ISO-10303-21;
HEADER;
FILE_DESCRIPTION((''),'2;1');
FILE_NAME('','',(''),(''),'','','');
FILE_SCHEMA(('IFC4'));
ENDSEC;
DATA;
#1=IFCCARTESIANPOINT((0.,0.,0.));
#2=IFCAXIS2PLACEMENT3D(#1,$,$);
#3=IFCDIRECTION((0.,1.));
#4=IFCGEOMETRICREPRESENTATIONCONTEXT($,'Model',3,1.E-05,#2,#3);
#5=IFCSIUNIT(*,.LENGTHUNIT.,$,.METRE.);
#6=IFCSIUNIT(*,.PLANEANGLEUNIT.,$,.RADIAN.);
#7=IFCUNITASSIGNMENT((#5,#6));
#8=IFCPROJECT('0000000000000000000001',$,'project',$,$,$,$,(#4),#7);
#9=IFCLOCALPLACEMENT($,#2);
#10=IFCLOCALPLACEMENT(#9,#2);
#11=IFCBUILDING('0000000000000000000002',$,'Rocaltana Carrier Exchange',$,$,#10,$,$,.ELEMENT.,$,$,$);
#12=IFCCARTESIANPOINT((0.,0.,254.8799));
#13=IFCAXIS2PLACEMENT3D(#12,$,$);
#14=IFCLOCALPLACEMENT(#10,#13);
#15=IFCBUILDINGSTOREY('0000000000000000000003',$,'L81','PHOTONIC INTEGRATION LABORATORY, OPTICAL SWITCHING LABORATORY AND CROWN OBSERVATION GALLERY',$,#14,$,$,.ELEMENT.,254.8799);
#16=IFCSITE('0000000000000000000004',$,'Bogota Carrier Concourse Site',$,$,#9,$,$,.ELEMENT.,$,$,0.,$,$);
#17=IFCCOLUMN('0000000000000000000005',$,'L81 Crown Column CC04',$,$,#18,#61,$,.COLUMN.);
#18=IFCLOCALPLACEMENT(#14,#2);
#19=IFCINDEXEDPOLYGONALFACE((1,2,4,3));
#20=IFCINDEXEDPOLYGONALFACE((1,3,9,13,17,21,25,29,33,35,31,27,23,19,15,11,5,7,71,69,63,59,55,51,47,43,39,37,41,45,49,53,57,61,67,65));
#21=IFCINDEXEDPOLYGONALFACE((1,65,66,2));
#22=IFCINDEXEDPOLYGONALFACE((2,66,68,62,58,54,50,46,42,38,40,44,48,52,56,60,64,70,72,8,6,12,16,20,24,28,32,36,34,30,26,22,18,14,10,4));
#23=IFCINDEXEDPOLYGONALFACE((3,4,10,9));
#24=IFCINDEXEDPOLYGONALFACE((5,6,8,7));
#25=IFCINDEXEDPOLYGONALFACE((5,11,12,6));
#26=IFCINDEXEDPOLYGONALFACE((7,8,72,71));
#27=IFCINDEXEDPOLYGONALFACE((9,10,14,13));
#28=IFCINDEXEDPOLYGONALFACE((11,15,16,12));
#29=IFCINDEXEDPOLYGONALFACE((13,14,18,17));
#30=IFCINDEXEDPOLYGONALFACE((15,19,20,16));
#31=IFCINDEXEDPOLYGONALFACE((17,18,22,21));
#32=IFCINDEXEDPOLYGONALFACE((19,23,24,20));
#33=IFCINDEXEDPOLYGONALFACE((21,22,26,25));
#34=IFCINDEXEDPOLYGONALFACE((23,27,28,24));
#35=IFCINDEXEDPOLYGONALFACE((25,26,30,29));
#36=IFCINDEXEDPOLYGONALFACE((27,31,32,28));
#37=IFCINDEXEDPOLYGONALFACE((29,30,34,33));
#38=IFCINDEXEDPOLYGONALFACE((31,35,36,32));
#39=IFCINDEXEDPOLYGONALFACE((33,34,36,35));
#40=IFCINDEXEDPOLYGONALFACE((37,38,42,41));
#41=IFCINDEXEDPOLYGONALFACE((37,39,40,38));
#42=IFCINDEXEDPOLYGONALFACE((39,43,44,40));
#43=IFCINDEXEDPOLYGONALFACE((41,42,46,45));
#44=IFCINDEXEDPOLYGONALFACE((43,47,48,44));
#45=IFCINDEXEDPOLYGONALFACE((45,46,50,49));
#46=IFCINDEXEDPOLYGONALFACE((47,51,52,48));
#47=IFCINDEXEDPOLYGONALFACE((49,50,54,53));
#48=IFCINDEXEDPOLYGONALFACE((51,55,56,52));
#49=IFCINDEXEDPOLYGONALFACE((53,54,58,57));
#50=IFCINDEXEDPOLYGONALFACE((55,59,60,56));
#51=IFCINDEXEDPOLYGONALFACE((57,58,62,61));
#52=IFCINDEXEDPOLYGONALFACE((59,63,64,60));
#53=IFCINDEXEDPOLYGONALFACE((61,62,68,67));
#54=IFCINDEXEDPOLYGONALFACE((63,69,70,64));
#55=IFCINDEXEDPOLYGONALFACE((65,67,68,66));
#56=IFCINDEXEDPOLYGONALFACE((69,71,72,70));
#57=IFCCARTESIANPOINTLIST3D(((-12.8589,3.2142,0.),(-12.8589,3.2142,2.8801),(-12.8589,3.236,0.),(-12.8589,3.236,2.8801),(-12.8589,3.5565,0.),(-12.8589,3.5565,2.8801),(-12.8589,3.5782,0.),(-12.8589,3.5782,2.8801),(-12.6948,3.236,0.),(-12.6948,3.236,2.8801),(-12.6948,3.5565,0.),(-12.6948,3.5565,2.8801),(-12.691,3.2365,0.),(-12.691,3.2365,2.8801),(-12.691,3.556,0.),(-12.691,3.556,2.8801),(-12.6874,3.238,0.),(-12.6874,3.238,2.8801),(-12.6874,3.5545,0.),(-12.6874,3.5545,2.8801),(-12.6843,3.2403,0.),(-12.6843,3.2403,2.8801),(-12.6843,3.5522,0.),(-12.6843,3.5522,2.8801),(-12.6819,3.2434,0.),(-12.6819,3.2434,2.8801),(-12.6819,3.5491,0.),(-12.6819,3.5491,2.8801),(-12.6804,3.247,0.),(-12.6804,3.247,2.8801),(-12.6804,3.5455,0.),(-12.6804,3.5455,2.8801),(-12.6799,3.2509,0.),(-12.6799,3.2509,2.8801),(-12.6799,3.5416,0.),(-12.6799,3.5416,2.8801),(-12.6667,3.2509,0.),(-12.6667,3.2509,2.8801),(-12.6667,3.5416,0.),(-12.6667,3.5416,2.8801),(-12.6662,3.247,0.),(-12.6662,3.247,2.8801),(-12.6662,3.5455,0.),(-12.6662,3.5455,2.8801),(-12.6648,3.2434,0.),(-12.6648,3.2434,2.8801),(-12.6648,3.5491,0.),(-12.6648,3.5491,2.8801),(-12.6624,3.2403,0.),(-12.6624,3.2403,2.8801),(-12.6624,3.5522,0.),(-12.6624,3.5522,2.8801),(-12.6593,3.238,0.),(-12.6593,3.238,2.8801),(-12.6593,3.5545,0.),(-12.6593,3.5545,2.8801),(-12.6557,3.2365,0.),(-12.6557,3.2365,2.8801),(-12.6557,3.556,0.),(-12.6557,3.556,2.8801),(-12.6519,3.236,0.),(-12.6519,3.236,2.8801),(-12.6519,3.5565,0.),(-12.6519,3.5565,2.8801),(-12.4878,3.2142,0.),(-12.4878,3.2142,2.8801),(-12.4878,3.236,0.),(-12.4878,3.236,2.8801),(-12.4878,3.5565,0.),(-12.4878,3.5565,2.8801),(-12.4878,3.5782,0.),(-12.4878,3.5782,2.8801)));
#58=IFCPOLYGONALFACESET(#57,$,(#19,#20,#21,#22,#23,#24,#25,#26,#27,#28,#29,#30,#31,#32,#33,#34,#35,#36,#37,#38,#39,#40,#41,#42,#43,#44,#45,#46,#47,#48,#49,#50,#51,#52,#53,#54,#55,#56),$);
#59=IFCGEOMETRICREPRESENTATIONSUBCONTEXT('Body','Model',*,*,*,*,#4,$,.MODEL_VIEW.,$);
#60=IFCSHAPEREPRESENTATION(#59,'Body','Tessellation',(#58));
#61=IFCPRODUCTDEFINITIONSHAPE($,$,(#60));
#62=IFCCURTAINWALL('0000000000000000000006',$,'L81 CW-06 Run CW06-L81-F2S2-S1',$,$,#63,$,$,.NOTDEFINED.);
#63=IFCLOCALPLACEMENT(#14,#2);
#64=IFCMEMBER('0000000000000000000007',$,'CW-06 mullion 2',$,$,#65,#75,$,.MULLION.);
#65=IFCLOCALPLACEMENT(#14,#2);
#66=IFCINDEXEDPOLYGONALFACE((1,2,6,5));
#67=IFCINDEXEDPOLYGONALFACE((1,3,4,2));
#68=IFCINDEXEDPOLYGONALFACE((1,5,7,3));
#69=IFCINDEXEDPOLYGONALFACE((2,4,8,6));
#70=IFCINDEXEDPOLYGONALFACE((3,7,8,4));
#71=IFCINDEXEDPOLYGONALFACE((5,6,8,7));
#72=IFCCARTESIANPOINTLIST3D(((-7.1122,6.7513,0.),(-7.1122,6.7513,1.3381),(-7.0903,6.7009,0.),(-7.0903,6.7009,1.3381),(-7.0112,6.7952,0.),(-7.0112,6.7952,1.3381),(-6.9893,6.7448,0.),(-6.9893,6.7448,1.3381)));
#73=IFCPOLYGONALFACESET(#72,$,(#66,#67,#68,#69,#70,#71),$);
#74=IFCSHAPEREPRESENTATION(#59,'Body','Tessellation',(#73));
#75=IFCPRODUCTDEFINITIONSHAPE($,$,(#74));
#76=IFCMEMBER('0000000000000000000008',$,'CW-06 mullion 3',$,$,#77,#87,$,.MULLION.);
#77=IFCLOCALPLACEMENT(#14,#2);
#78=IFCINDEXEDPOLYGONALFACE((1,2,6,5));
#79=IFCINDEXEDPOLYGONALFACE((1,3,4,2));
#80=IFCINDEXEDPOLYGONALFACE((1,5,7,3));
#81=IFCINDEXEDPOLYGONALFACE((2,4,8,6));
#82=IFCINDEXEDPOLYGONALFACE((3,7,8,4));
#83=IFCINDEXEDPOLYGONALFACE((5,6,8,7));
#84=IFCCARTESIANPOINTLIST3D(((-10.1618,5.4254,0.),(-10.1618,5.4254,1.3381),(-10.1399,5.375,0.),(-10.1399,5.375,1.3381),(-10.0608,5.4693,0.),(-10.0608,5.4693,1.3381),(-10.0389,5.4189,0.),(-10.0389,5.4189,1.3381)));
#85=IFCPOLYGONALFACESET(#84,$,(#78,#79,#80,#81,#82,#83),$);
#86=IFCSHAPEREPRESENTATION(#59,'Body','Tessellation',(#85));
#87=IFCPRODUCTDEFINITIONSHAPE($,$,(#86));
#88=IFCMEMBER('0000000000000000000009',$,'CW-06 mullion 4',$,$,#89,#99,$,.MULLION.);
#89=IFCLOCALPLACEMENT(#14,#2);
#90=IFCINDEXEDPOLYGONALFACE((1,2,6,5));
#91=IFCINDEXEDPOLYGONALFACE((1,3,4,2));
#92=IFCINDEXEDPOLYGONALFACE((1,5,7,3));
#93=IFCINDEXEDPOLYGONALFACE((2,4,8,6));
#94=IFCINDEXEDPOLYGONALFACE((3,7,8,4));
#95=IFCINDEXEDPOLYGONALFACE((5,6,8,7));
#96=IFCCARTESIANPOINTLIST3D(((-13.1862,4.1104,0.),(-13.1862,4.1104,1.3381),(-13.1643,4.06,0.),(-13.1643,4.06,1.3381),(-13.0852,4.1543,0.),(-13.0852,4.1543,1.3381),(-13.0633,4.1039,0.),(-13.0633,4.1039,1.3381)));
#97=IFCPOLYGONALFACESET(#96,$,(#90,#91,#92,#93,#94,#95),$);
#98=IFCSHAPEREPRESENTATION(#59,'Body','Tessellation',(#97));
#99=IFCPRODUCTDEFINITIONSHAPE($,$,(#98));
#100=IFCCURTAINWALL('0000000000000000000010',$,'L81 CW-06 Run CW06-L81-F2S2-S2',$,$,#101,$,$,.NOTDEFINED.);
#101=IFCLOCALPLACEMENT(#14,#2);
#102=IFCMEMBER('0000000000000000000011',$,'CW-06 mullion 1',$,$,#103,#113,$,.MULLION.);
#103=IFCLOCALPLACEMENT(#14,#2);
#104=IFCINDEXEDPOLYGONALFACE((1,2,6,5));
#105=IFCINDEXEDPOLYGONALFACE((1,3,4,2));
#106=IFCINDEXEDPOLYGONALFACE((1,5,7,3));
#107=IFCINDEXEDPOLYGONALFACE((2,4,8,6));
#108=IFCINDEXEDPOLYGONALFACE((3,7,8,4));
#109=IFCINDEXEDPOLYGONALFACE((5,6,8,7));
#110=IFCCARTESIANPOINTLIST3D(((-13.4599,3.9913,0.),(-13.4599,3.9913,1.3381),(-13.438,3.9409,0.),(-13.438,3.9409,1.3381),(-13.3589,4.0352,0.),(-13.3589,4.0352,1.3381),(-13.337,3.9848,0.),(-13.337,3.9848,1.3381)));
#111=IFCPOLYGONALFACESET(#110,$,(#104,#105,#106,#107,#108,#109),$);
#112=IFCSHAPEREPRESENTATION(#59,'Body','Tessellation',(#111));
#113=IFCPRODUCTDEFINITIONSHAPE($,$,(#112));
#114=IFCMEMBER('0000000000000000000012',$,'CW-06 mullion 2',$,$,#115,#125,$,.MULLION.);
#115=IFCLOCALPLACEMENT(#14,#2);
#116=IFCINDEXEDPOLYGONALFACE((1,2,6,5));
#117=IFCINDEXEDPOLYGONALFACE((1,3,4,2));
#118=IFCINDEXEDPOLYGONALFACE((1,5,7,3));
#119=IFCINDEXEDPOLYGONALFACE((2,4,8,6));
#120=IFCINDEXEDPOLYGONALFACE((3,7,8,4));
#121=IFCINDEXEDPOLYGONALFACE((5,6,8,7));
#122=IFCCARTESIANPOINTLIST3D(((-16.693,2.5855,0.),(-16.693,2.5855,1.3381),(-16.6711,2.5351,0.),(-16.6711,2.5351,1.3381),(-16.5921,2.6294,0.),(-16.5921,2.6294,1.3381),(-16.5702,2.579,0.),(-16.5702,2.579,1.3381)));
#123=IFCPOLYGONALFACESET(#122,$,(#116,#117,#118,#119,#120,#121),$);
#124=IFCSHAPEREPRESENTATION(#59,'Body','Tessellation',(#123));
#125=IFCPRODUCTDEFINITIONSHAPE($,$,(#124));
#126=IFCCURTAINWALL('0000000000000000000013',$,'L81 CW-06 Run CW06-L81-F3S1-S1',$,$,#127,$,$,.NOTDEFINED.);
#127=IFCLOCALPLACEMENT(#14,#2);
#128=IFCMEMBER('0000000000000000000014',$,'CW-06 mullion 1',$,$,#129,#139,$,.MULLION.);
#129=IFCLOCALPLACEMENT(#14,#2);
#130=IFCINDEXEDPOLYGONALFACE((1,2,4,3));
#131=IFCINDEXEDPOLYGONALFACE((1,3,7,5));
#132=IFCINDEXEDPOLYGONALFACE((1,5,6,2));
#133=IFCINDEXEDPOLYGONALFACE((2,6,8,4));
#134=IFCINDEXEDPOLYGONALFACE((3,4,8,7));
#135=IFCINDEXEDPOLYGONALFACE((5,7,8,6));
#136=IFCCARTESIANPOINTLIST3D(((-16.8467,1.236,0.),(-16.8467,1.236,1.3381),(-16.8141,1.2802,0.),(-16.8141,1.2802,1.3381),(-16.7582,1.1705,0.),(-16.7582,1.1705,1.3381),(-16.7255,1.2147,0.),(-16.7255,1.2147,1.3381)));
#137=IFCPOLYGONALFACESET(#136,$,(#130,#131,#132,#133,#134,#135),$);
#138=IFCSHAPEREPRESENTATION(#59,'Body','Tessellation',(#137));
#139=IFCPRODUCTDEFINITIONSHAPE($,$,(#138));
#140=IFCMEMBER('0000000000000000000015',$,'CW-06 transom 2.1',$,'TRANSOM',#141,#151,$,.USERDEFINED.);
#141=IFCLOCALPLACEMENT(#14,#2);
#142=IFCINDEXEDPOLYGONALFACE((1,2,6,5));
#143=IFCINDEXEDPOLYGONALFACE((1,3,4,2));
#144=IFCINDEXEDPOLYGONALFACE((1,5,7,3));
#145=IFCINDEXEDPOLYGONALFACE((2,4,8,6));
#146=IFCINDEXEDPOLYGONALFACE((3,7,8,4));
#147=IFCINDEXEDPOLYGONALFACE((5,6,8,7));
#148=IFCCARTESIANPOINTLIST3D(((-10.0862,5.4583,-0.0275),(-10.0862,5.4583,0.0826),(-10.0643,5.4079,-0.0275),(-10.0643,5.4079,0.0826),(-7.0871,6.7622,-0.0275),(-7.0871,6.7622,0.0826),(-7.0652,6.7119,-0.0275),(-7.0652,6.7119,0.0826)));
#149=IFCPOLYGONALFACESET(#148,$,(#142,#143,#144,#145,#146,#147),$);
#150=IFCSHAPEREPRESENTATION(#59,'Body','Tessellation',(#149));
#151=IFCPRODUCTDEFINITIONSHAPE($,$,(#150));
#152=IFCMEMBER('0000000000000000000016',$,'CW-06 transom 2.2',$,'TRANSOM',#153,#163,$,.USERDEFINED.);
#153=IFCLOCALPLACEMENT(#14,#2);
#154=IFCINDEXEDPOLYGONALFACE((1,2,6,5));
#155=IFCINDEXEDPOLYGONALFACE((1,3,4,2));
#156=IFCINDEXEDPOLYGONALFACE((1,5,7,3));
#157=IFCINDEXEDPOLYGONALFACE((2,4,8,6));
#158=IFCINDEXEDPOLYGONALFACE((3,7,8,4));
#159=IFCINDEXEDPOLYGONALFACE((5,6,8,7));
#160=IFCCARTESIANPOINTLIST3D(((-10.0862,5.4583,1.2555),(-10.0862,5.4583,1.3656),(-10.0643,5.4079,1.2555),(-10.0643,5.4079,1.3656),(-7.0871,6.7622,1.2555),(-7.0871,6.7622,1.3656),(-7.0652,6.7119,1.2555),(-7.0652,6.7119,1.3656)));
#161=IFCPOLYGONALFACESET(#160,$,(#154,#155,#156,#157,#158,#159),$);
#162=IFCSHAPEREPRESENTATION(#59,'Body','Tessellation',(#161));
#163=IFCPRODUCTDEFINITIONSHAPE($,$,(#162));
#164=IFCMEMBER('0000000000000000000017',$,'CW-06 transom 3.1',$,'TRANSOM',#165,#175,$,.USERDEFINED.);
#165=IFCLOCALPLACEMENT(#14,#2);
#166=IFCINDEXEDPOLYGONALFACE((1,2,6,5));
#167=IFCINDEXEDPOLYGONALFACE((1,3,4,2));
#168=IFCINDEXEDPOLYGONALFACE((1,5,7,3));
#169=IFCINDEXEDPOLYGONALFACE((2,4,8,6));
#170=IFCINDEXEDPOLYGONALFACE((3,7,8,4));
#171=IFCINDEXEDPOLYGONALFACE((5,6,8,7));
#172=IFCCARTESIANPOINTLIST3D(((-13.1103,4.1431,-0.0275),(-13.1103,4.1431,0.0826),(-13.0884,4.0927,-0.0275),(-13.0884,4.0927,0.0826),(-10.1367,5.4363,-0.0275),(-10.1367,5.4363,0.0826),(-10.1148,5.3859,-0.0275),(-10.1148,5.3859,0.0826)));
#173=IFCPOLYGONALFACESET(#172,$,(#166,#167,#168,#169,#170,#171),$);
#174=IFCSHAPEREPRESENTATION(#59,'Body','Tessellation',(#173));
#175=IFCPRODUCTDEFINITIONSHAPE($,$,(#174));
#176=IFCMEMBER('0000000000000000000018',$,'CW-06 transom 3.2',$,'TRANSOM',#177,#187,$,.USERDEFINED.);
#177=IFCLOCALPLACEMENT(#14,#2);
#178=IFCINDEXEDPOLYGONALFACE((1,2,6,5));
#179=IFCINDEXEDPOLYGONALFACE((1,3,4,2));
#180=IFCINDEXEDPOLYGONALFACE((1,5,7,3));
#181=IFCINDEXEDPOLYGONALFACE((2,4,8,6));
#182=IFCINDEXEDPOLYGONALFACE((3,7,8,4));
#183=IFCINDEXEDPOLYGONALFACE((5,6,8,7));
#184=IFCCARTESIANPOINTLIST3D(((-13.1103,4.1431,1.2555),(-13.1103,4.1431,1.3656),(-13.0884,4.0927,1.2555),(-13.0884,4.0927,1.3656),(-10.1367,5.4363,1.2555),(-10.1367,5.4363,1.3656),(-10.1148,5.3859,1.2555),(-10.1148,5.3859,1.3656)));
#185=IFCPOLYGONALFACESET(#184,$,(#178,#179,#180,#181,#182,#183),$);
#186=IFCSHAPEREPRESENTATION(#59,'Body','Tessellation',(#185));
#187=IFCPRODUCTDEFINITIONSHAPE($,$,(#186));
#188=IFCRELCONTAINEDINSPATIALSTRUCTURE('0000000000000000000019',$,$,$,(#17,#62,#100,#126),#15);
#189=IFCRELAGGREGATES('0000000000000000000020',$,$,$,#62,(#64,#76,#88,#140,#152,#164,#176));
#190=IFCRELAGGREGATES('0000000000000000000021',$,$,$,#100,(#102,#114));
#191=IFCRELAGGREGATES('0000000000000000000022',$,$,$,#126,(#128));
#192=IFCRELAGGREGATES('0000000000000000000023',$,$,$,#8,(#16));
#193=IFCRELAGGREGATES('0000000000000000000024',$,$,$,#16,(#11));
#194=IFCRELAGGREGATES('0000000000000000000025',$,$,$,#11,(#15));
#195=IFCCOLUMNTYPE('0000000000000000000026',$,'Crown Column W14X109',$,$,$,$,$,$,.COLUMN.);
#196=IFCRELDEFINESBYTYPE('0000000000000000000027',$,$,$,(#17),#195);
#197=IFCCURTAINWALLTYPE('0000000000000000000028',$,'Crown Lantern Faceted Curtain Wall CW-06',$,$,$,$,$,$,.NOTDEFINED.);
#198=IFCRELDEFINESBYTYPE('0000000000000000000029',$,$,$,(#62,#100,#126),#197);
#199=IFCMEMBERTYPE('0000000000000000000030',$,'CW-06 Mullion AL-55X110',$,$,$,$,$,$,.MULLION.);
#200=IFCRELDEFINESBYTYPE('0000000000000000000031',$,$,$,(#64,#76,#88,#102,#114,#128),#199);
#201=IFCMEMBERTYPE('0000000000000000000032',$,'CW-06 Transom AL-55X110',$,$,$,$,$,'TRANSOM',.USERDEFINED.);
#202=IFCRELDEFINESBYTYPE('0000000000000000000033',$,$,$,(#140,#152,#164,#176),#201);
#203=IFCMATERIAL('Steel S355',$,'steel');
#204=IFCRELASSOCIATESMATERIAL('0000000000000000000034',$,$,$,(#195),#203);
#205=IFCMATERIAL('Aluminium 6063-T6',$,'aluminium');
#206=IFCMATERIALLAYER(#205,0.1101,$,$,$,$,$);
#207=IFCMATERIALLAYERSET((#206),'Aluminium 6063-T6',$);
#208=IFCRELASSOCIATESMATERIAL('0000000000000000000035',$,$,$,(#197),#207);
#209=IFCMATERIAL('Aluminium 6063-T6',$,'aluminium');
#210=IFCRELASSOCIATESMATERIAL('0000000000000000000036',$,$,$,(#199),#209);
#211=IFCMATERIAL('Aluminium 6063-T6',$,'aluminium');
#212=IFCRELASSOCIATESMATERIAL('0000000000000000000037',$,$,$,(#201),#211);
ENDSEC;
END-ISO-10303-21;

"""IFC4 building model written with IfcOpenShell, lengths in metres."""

from ifc_helpers import new_model, si_unit, direction, frame, origin, origin_2d, place, context, subcontext, project, spatial, rectangle, i_section, extrude, material, layer, layer_set, material_profile, profile_set, type_object, element, aggregate, save


model = new_model("IFC4")

# Units and contexts
model_context = context("Model", 3, precision=1e-05, world=origin(), true_north=direction((0.0, 1.0)))
body_context = subcontext(model_context, "Body", "Model", "MODEL_VIEW")
ifc_project = project(units=[si_unit("LENGTHUNIT", "METRE"), si_unit("PLANEANGLEUNIT", "RADIAN")], contexts=[model_context])

# Site, building, storey
site_placement = place(None, origin())
site = spatial("IfcSite", under=ifc_project, at=site_placement, Name="Bogota Carrier Concourse Site", CompositionType="ELEMENT", RefElevation=0.0)
building_placement = place(site_placement, origin())
building = spatial("IfcBuilding", under=site, at=building_placement, Name="Rocaltana Carrier Exchange", CompositionType="ELEMENT")
storey_placement = place(building_placement, frame((0.0, 0.0, 254.8799)))
storey = spatial("IfcBuildingStorey", under=building, at=storey_placement, Name="L81", Description="PHOTONIC INTEGRATION LABORATORY, OPTICAL SWITCHING LABORATORY AND CROWN OBSERVATION GALLERY", CompositionType="ELEMENT", Elevation=254.8799)

# Column
ifc_material_1 = material(Name="Steel S355", Category="steel")
ifc_material_profile_1 = material_profile(ifc_material_1, i_section(OverallWidth=0.3711, OverallDepth=0.364, WebThickness=0.0132, FlangeThickness=0.0217, FilletRadius=0.0149, at=origin_2d()), Name="W14X109")
ifc_profile_set_1 = profile_set([ifc_material_profile_1], Name="Steel S355")
column_type = type_object("IfcColumnType", Name="Crown Column W14X109", PredefinedType="COLUMN", material=ifc_profile_set_1)
column_placement = place(storey_placement, frame((-12.6733, 3.3962, 0.0), z_axis=(0.0, 0.0, 1.0), x_axis=(1.0, 0.0, 0.0)))
element("IfcColumn", 1, at=column_placement, inside=storey, type_object=column_type, Name="L81 Crown Column CC04", PredefinedType="COLUMN", context=body_context, shape_type="SweptSolid", body=[
    extrude(i_section(OverallWidth=0.3711, OverallDepth=0.364, WebThickness=0.0132, FlangeThickness=0.0217, FilletRadius=0.0149, at=origin_2d()), origin(), (0.0, 0.0, 1.0), 2.8801),
])

# Curtain walls, members
ifc_material_2 = material(Name="Aluminium 6063-T6", Category="aluminium")
ifc_layer_1 = layer(ifc_material_2, 0.1101)
ifc_layer_set_1 = layer_set([ifc_layer_1], Name="Aluminium 6063-T6")
curtain_wall_type = type_object("IfcCurtainWallType", Name="Crown Lantern Faceted Curtain Wall CW-06", PredefinedType="NOTDEFINED", material=ifc_layer_set_1)
curtain_wall_1_placement = place(storey_placement, origin())
curtain_wall_1 = element("IfcCurtainWall", 2, at=curtain_wall_1_placement, inside=storey, type_object=curtain_wall_type, Name="L81 CW-06 Run CW06-L81-F2S2-S1", PredefinedType="NOTDEFINED")
ifc_material_3 = material(Name="Aluminium 6063-T6", Category="aluminium")
ifc_material_profile_2 = material_profile(ifc_material_3, rectangle(XDim=0.0549, YDim=0.1101, at=origin_2d()), Name="AL-55X110")
ifc_profile_set_2 = profile_set([ifc_material_profile_2], Name="Aluminium 6063-T6")
member_type_1 = type_object("IfcMemberType", Name="CW-06 Mullion AL-55X110", PredefinedType="MULLION", material=ifc_profile_set_2)
member_1_placement = place(storey_placement, frame((-7.0508, 6.748, 0.0), z_axis=(0.0, 0.0, 1.0), x_axis=(0.398751, -0.917059, 0.0)))
member_1 = element("IfcMember", 3, at=member_1_placement, type_object=member_type_1, Name="CW-06 mullion 2", PredefinedType="MULLION", context=body_context, shape_type="SweptSolid", body=[
    extrude(rectangle(XDim=0.0549, YDim=0.1101, at=origin_2d()), origin(), (0.0, 0.0, 1.0), 1.3381),
])
member_2_placement = place(storey_placement, frame((-10.1003, 5.4221, 0.0), z_axis=(0.0, 0.0, 1.0), x_axis=(0.398751, -0.917059, 0.0)))
member_2 = element("IfcMember", 4, at=member_2_placement, type_object=member_type_1, Name="CW-06 mullion 3", PredefinedType="MULLION", context=body_context, shape_type="SweptSolid", body=[
    extrude(rectangle(XDim=0.0549, YDim=0.1101, at=origin_2d()), origin(), (0.0, 0.0, 1.0), 1.3381),
])
member_3_placement = place(storey_placement, frame((-13.1248, 4.1072, 0.0), z_axis=(0.0, 0.0, 1.0), x_axis=(0.398751, -0.917059, 0.0)))
member_3 = element("IfcMember", 5, at=member_3_placement, type_object=member_type_1, Name="CW-06 mullion 4", PredefinedType="MULLION", context=body_context, shape_type="SweptSolid", body=[
    extrude(rectangle(XDim=0.0549, YDim=0.1101, at=origin_2d()), origin(), (0.0, 0.0, 1.0), 1.3381),
])
curtain_wall_2_placement = place(storey_placement, origin())
curtain_wall_2 = element("IfcCurtainWall", 6, at=curtain_wall_2_placement, inside=storey, type_object=curtain_wall_type, Name="L81 CW-06 Run CW06-L81-F2S2-S2", PredefinedType="NOTDEFINED")
member_4_placement = place(storey_placement, frame((-13.3984, 3.988, 0.0), z_axis=(0.0, 0.0, 1.0), x_axis=(0.398771, -0.917051, 0.0)))
member_4 = element("IfcMember", 7, at=member_4_placement, type_object=member_type_1, Name="CW-06 mullion 1", PredefinedType="MULLION", context=body_context, shape_type="SweptSolid", body=[
    extrude(rectangle(XDim=0.0549, YDim=0.1101, at=origin_2d()), origin(), (0.0, 0.0, 1.0), 1.3381),
])
member_5_placement = place(storey_placement, frame((-16.6316, 2.5823, 0.0), z_axis=(0.0, 0.0, 1.0), x_axis=(0.398771, -0.917051, 0.0)))
member_5 = element("IfcMember", 8, at=member_5_placement, type_object=member_type_1, Name="CW-06 mullion 2", PredefinedType="MULLION", context=body_context, shape_type="SweptSolid", body=[
    extrude(rectangle(XDim=0.0549, YDim=0.1101, at=origin_2d()), origin(), (0.0, 0.0, 1.0), 1.3381),
])

# Curtain wall, member
curtain_wall_3_placement = place(storey_placement, origin())
curtain_wall_3 = element("IfcCurtainWall", 9, at=curtain_wall_3_placement, inside=storey, type_object=curtain_wall_type, Name="L81 CW-06 Run CW06-L81-F3S1-S1", PredefinedType="NOTDEFINED")
member_6_placement = place(storey_placement, frame((-16.7861, 1.2253, 0.0), z_axis=(0.0, 0.0, 1.0), x_axis=(0.594814, 0.803863, 0.0)))
member_6 = element("IfcMember", 10, at=member_6_placement, type_object=member_type_1, Name="CW-06 mullion 1", PredefinedType="MULLION", context=body_context, shape_type="SweptSolid", body=[
    extrude(rectangle(XDim=0.0549, YDim=0.1101, at=origin_2d()), origin(), (0.0, 0.0, 1.0), 1.3381),
])

# Members
ifc_material_4 = material(Name="Aluminium 6063-T6", Category="aluminium")
ifc_material_profile_3 = material_profile(ifc_material_4, rectangle(XDim=0.0549, YDim=0.1101, at=origin_2d()), Name="AL-55X110")
ifc_profile_set_3 = profile_set([ifc_material_profile_3], Name="Aluminium 6063-T6")
member_type_2 = type_object("IfcMemberType", Name="CW-06 Transom AL-55X110", ElementType="TRANSOM", PredefinedType="USERDEFINED", material=ifc_profile_set_3)
member_7_placement = place(storey_placement, frame((-7.0762, 6.7371, 0.0276), z_axis=(-0.917066, -0.398734, 0.0), x_axis=(0.398734, -0.917066, 0.0)))
member_7 = element("IfcMember", 11, at=member_7_placement, type_object=member_type_2, Name="CW-06 transom 2.1", ObjectType="TRANSOM", PredefinedType="USERDEFINED", context=body_context, shape_type="SweptSolid", body=[
    extrude(rectangle(XDim=0.0549, YDim=0.1101, at=origin_2d()), origin(), (0.0, 0.0, 1.0), 3.2703),
])
member_8_placement = place(storey_placement, frame((-7.0762, 6.7371, 1.3105), z_axis=(-0.917066, -0.398734, 0.0), x_axis=(0.398734, -0.917066, 0.0)))
member_8 = element("IfcMember", 12, at=member_8_placement, type_object=member_type_2, Name="CW-06 transom 2.2", ObjectType="TRANSOM", PredefinedType="USERDEFINED", context=body_context, shape_type="SweptSolid", body=[
    extrude(rectangle(XDim=0.0549, YDim=0.1101, at=origin_2d()), origin(), (0.0, 0.0, 1.0), 3.2703),
])
member_9_placement = place(storey_placement, frame((-10.1257, 5.4111, 0.0276), z_axis=(-0.917033, -0.398811, 0.0), x_axis=(0.398811, -0.917033, 0.0)))
member_9 = element("IfcMember", 13, at=member_9_placement, type_object=member_type_2, Name="CW-06 transom 3.1", ObjectType="TRANSOM", PredefinedType="USERDEFINED", context=body_context, shape_type="SweptSolid", body=[
    extrude(rectangle(XDim=0.0549, YDim=0.1101, at=origin_2d()), origin(), (0.0, 0.0, 1.0), 3.2427),
])
member_10_placement = place(storey_placement, frame((-10.1257, 5.4111, 1.3105), z_axis=(-0.917033, -0.398811, 0.0), x_axis=(0.398811, -0.917033, 0.0)))
member_10 = element("IfcMember", 14, at=member_10_placement, type_object=member_type_2, Name="CW-06 transom 3.2", ObjectType="TRANSOM", PredefinedType="USERDEFINED", context=body_context, shape_type="SweptSolid", body=[
    extrude(rectangle(XDim=0.0549, YDim=0.1101, at=origin_2d()), origin(), (0.0, 0.0, 1.0), 3.2427),
])

aggregate(curtain_wall_1, [member_1, member_2, member_3, member_7, member_8, member_9, member_10])
aggregate(curtain_wall_2, [member_4, member_5])
aggregate(curtain_wall_3, [member_6])

save(model, "model.ifc")
